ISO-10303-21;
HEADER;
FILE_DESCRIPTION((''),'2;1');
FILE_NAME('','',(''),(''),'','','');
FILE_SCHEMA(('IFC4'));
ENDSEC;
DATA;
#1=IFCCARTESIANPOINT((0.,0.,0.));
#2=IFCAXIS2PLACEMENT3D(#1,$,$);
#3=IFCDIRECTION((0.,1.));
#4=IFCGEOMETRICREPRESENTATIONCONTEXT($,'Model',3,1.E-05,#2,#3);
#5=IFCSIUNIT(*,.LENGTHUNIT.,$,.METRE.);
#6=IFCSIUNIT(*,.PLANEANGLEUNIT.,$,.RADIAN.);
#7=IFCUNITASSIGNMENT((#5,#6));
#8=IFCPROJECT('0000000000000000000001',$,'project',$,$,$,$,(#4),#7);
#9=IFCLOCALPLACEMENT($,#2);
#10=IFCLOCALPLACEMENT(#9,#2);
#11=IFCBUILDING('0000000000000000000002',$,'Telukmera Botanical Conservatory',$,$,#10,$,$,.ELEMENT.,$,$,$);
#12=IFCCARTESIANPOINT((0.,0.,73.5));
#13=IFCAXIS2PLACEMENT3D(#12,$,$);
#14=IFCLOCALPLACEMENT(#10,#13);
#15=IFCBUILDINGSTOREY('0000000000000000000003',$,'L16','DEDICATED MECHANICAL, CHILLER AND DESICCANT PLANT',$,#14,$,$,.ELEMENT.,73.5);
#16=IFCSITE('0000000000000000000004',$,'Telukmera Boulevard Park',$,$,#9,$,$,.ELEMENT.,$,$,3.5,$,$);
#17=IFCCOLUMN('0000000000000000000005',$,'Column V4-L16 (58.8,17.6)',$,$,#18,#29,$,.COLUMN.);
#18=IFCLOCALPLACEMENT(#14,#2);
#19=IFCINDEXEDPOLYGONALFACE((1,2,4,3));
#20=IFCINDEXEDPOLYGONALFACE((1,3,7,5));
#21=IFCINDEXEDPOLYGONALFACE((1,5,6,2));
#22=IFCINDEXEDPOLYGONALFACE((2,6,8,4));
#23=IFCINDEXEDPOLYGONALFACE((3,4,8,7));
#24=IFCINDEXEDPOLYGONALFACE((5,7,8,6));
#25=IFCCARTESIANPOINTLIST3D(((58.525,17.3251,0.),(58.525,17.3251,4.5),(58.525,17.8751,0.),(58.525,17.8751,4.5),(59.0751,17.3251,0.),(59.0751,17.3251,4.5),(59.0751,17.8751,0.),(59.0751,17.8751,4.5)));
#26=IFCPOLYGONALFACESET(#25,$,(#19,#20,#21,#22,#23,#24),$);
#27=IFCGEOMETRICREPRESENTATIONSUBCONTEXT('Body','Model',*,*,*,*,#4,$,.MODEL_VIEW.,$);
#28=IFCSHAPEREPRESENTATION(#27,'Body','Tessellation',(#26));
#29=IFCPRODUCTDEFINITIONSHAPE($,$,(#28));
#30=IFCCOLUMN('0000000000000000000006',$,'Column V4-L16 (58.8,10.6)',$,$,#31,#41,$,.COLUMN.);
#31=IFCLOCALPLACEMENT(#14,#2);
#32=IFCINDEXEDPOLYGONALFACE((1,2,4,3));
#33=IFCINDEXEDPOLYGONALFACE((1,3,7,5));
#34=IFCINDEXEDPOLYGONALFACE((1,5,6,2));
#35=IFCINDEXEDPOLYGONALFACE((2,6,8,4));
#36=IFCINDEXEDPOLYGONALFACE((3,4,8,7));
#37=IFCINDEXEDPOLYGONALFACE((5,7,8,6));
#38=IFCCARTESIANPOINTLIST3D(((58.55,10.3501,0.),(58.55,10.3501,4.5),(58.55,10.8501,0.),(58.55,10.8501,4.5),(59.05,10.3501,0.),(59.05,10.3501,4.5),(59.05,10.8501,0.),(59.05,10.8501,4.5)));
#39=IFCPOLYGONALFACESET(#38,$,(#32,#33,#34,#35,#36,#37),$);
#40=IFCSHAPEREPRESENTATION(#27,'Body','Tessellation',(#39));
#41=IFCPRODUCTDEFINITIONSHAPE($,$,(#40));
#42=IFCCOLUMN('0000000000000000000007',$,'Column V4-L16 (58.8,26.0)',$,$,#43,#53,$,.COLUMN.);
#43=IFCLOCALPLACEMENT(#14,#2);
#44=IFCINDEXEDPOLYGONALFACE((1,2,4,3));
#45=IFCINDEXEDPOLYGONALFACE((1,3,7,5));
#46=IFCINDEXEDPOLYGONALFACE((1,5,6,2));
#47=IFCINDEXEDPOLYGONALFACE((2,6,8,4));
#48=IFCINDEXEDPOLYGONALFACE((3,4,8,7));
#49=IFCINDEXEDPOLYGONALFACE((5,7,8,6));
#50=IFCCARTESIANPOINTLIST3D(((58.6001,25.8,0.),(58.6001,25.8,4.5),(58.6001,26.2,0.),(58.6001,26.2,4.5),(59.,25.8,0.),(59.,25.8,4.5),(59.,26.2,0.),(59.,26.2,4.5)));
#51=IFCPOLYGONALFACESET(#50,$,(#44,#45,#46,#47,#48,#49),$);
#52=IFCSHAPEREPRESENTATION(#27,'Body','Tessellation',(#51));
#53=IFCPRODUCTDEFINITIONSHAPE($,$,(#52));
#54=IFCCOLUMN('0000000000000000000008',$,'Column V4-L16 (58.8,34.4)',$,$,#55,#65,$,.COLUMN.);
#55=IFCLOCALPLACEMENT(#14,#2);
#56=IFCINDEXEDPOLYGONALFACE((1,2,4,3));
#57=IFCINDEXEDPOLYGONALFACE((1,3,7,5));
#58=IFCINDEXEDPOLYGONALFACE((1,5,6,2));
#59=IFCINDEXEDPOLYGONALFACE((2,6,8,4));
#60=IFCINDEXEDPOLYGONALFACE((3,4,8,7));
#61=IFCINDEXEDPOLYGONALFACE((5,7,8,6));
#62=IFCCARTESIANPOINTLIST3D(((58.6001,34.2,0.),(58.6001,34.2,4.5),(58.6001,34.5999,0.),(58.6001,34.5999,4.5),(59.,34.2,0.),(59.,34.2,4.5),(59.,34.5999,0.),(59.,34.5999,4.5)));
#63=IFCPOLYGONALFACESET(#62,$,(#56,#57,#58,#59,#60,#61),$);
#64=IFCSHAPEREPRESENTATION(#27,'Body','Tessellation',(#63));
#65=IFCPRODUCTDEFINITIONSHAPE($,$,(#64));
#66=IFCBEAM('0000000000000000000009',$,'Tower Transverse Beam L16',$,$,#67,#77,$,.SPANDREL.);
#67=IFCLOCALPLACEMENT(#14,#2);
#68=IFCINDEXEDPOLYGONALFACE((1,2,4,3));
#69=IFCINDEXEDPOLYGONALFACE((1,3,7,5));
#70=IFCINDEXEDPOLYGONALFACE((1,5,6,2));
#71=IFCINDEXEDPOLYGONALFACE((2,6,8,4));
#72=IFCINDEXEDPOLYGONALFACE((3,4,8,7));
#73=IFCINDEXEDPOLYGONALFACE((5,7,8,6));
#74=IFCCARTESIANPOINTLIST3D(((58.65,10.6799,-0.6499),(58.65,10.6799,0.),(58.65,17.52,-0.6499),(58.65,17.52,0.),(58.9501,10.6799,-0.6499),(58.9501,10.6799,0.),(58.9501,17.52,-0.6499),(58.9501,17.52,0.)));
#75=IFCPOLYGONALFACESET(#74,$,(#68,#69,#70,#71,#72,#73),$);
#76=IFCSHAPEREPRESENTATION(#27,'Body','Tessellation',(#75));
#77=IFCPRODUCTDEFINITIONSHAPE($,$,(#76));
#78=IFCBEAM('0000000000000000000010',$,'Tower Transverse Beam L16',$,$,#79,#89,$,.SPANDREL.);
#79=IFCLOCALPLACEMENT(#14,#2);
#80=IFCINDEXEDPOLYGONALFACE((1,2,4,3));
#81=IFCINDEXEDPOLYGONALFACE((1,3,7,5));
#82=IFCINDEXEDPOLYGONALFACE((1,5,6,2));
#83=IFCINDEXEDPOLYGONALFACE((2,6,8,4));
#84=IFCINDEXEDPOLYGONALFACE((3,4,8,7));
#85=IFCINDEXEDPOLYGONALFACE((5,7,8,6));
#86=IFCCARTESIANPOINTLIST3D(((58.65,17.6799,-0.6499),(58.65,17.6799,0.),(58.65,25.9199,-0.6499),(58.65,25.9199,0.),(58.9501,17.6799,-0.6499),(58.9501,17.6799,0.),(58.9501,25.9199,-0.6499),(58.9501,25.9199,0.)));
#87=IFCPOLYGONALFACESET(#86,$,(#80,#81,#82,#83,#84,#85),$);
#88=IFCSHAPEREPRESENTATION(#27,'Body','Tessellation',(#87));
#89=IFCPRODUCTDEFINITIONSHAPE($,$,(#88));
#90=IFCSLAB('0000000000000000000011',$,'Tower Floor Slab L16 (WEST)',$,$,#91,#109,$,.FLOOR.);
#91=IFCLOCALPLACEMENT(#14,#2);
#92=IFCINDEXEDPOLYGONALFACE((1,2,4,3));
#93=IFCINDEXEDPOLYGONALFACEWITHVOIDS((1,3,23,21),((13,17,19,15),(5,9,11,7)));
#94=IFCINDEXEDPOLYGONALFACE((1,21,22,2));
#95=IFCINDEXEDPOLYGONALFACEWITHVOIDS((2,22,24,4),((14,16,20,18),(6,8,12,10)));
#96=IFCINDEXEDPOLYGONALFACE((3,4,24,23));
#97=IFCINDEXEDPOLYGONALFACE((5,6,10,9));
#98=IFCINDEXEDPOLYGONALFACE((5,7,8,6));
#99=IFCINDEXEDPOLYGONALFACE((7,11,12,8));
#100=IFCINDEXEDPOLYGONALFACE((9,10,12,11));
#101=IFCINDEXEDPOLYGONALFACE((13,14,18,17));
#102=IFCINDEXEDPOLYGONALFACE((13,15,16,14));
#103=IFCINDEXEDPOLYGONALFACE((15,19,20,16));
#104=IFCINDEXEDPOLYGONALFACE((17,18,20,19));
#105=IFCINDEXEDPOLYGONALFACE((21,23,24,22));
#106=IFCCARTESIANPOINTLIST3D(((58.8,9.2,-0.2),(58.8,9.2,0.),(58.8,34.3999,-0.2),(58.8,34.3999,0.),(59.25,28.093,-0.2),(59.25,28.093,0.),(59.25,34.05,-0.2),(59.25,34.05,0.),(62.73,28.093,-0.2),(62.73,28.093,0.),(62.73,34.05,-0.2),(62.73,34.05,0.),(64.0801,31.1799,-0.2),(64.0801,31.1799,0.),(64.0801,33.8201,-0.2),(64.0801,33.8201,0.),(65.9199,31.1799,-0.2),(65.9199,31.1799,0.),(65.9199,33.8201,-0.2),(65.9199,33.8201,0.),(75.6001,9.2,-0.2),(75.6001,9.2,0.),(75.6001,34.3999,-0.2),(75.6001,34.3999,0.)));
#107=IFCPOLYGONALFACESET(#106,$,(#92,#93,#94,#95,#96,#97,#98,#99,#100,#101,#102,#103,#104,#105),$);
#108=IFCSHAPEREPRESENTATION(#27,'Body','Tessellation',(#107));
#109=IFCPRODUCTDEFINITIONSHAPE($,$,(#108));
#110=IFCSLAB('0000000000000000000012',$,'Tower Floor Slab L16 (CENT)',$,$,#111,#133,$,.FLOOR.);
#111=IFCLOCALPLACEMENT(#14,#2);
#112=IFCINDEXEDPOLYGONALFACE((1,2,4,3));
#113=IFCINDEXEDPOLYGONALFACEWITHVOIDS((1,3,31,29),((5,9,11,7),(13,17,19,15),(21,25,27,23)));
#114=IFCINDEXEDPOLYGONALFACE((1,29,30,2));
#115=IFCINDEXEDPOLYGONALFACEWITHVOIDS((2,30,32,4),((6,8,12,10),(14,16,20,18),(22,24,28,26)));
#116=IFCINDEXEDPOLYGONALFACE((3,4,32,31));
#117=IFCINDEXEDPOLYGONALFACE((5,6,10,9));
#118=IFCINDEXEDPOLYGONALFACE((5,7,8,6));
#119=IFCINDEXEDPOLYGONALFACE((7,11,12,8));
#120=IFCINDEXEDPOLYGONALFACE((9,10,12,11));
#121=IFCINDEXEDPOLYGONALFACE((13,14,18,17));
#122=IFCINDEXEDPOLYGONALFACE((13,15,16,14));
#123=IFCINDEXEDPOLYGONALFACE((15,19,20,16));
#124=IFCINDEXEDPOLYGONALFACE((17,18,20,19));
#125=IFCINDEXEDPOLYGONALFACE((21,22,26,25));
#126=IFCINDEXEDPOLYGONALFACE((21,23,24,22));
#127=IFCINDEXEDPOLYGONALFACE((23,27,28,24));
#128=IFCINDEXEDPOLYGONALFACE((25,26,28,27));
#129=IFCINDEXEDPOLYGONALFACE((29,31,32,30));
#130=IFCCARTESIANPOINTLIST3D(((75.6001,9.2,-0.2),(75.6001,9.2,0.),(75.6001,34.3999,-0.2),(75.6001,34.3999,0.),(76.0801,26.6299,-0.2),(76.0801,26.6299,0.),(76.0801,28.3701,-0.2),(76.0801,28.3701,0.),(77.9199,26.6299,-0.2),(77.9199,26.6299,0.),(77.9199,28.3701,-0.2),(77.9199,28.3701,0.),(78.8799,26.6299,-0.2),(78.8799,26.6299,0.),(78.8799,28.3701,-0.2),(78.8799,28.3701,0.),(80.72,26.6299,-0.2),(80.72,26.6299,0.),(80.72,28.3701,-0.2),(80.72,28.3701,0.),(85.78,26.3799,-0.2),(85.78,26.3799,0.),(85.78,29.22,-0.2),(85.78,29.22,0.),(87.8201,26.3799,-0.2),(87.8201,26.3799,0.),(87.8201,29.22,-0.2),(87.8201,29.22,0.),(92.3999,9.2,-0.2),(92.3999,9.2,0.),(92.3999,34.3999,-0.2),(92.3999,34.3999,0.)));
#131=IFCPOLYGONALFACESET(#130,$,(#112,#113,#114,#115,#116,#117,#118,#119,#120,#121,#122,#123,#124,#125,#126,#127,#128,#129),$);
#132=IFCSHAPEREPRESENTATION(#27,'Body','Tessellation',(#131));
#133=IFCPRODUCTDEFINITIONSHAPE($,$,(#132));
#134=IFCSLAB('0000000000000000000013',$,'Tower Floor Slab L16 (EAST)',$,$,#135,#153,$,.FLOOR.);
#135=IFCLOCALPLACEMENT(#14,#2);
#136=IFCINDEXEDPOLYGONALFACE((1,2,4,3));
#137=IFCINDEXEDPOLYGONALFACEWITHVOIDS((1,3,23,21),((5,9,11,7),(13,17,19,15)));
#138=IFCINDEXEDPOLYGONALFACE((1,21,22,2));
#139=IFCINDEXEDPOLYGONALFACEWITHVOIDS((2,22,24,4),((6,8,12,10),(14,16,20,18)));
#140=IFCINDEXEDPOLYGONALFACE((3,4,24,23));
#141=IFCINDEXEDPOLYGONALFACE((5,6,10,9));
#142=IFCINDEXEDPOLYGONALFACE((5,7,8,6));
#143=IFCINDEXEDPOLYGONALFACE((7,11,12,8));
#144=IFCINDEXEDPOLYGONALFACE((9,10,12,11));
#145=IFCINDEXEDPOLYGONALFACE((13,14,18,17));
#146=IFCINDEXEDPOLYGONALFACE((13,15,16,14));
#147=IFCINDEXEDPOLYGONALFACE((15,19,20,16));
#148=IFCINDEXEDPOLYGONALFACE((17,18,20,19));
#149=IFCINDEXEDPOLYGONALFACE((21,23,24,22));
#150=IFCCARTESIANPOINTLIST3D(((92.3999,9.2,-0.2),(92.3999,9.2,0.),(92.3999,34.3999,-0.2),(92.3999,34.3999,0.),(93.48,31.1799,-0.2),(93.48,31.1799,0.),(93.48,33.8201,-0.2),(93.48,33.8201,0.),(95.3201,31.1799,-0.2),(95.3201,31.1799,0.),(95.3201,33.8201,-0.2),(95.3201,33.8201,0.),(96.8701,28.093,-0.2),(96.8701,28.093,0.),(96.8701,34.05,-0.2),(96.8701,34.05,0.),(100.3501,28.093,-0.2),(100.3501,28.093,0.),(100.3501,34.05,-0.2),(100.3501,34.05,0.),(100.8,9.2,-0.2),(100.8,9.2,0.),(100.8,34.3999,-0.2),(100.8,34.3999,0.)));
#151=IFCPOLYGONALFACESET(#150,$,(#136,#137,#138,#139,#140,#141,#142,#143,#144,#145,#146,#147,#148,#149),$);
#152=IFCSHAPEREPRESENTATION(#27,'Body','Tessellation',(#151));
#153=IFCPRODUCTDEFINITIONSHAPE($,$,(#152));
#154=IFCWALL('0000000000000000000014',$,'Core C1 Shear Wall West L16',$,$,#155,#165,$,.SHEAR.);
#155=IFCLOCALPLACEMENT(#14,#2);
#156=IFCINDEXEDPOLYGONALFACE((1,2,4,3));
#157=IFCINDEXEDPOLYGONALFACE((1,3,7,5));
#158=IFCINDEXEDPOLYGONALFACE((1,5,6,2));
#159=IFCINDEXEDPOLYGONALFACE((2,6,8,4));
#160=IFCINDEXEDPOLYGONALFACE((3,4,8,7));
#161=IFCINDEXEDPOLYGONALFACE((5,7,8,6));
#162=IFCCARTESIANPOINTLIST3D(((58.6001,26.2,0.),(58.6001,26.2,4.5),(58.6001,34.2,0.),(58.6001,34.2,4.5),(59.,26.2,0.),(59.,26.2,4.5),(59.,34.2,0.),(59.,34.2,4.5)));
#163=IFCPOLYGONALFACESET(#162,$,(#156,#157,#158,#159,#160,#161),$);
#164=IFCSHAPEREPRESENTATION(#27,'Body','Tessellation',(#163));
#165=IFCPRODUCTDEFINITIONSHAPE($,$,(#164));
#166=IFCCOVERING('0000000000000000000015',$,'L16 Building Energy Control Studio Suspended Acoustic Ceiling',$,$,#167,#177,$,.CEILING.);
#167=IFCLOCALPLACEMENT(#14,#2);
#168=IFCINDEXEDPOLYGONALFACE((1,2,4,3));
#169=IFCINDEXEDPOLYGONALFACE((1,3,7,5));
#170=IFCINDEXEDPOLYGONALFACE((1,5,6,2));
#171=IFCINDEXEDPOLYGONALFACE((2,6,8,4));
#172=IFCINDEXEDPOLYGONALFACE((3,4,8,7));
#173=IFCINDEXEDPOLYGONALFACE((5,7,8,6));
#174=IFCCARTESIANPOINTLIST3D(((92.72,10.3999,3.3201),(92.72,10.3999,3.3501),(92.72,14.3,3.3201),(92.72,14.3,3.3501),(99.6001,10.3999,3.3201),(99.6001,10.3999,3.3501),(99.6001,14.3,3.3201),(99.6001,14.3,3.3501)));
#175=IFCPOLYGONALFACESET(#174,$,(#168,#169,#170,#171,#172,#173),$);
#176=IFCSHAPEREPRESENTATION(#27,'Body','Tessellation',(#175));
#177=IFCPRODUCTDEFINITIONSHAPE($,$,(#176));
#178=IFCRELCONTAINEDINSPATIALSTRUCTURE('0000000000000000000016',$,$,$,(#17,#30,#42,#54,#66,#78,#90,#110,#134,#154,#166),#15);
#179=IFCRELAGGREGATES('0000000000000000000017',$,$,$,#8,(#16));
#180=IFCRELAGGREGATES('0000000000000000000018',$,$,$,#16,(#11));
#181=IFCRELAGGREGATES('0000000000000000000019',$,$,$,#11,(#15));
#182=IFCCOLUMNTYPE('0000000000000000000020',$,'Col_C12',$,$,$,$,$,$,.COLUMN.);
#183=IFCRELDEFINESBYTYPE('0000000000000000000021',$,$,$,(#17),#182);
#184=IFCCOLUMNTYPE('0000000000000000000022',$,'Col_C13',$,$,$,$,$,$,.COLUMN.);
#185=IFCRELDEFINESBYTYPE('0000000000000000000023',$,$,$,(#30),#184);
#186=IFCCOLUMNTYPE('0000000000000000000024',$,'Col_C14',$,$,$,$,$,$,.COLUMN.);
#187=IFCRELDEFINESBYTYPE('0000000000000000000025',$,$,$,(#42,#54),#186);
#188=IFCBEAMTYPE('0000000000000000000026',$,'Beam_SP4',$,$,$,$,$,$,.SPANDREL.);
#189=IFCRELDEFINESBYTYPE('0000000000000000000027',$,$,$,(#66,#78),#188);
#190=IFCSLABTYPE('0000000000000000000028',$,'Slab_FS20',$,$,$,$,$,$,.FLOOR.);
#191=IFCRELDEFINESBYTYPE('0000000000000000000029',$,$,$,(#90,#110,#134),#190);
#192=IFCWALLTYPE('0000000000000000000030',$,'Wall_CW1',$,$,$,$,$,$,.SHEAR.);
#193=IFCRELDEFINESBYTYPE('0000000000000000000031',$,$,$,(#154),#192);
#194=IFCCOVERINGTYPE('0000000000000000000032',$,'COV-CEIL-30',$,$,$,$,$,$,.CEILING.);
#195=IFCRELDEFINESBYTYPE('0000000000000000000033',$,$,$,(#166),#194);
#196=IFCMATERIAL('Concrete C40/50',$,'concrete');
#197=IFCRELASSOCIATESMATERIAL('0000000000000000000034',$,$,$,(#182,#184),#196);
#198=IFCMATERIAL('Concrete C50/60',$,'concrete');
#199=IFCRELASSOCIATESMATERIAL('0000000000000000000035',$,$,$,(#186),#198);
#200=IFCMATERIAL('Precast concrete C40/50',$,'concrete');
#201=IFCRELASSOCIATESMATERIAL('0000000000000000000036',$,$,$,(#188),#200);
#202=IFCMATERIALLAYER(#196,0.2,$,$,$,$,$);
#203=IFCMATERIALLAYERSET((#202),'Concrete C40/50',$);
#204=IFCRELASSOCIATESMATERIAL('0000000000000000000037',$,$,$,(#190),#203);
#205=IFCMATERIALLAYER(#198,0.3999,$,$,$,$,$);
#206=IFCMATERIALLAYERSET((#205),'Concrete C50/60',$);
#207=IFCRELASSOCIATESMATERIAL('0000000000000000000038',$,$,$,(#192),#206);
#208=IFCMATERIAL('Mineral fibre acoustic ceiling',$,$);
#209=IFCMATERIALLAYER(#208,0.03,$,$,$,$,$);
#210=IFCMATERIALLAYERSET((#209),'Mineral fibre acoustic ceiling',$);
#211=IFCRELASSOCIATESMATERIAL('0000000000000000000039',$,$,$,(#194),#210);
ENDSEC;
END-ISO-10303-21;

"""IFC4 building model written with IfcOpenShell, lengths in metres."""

from ifc_helpers import new_model, si_unit, direction, frame, frame_2d, origin, origin_2d, place, context, subcontext, project, spatial, polyline, rectangle, outline, extrude, material, layer, layer_set, material_profile, profile_set, type_object, element, save


model = new_model("IFC4")

# Units and contexts
model_context = context("Model", 3, precision=1e-05, world=origin(), true_north=direction((0.0, 1.0)))
body_context = subcontext(model_context, "Body", "Model", "MODEL_VIEW")
ifc_project = project(units=[si_unit("LENGTHUNIT", "METRE"), si_unit("PLANEANGLEUNIT", "RADIAN")], contexts=[model_context])

# Site, building, storey
site_placement = place(None, origin())
site = spatial("IfcSite", under=ifc_project, at=site_placement, Name="Telukmera Boulevard Park", CompositionType="ELEMENT", RefElevation=3.5)
building_placement = place(site_placement, origin())
building = spatial("IfcBuilding", under=site, at=building_placement, Name="Telukmera Botanical Conservatory", CompositionType="ELEMENT")
storey_placement = place(building_placement, frame((0.0, 0.0, 73.5)))
storey = spatial("IfcBuildingStorey", under=building, at=storey_placement, Name="L16", Description="DEDICATED MECHANICAL, CHILLER AND DESICCANT PLANT", CompositionType="ELEMENT", Elevation=73.5)

# Columns
ifc_material_1 = material(Name="Concrete C40/50", Category="concrete")
ifc_material_profile_1 = material_profile(ifc_material_1, rectangle(XDim=0.55, YDim=0.55, at=origin_2d()), Name="RC 550x550")
ifc_profile_set_1 = profile_set([ifc_material_profile_1], Name="Concrete C40/50")
column_type_1 = type_object("IfcColumnType", Name="Col_C12", PredefinedType="COLUMN", material=ifc_profile_set_1)
column_1_placement = place(storey_placement, frame((58.8, 17.6001, 0.0), z_axis=(0.0, 0.0, 1.0), x_axis=(1.0, 0.0, 0.0)))
element("IfcColumn", 1, at=column_1_placement, inside=storey, type_object=column_type_1, Name="Column V4-L16 (58.8,17.6)", PredefinedType="COLUMN", context=body_context, shape_type="SweptSolid", body=[
    extrude(rectangle(XDim=0.55, YDim=0.55, at=origin_2d()), origin(), (0.0, 0.0, 1.0), 4.5),
])
ifc_material_profile_2 = material_profile(ifc_material_1, rectangle(XDim=0.5, YDim=0.5, at=origin_2d()), Name="RC 500x500")
ifc_profile_set_2 = profile_set([ifc_material_profile_2], Name="Concrete C40/50")
column_type_2 = type_object("IfcColumnType", Name="Col_C13", PredefinedType="COLUMN", material=ifc_profile_set_2)
column_2_placement = place(storey_placement, frame((58.8, 10.6001, 0.0), z_axis=(0.0, 0.0, 1.0), x_axis=(1.0, 0.0, 0.0)))
element("IfcColumn", 2, at=column_2_placement, inside=storey, type_object=column_type_2, Name="Column V4-L16 (58.8,10.6)", PredefinedType="COLUMN", context=body_context, shape_type="SweptSolid", body=[
    extrude(rectangle(XDim=0.5, YDim=0.5, at=origin_2d()), origin(), (0.0, 0.0, 1.0), 4.5),
])
ifc_material_2 = material(Name="Concrete C50/60", Category="concrete")
ifc_material_profile_3 = material_profile(ifc_material_2, rectangle(XDim=0.3999, YDim=0.3999, at=origin_2d()), Name="RC 400x400")
ifc_profile_set_3 = profile_set([ifc_material_profile_3], Name="Concrete C50/60")
column_type_3 = type_object("IfcColumnType", Name="Col_C14", PredefinedType="COLUMN", material=ifc_profile_set_3)
for number, where, z_axis, x_axis, name in (
    (3, (58.8, 26.0, 0.0), (0.0, 0.0, 1.0), (1.0, 0.0, 0.0), "Column V4-L16 (58.8,26.0)"),
    (4, (58.8, 34.3999, 0.0), (0.0, 0.0, 1.0), (1.0, 0.0, 0.0), "Column V4-L16 (58.8,34.4)"),
):
    element("IfcColumn", number, at=place(storey_placement, frame(where, z_axis=z_axis, x_axis=x_axis)), inside=storey, type_object=column_type_3, Name=name, PredefinedType="COLUMN", context=body_context, shape_type="SweptSolid", body=[
        extrude(rectangle(XDim=0.3999, YDim=0.3999, at=origin_2d()), origin(), (0.0, 0.0, 1.0), 4.5),
    ])

# Beams
ifc_material_3 = material(Name="Precast concrete C40/50", Category="concrete")
ifc_material_profile_4 = material_profile(ifc_material_3, rectangle(XDim=0.3, YDim=0.6499, at=origin_2d()), Name="PC 300x650")
ifc_profile_set_4 = profile_set([ifc_material_profile_4], Name="Precast concrete C40/50")
beam_type = type_object("IfcBeamType", Name="Beam_SP4", PredefinedType="SPANDREL", material=ifc_profile_set_4)
beam_1_placement = place(storey_placement, frame((58.8, 10.6799, -0.325), z_axis=(0.0, 1.0, 0.0), x_axis=(-1.0, 0.0, 0.0)))
element("IfcBeam", 5, at=beam_1_placement, inside=storey, type_object=beam_type, Name="Tower Transverse Beam L16", PredefinedType="SPANDREL", context=body_context, shape_type="SweptSolid", body=[
    extrude(rectangle(XDim=0.3, YDim=0.6499, at=origin_2d()), origin(), (0.0, 0.0, 1.0), 6.8401),
])
beam_2_placement = place(storey_placement, frame((58.8, 17.6799, -0.325), z_axis=(0.0, 1.0, 0.0), x_axis=(-1.0, 0.0, 0.0)))
element("IfcBeam", 6, at=beam_2_placement, inside=storey, type_object=beam_type, Name="Tower Transverse Beam L16", PredefinedType="SPANDREL", context=body_context, shape_type="SweptSolid", body=[
    extrude(rectangle(XDim=0.3, YDim=0.6499, at=origin_2d()), origin(), (0.0, 0.0, 1.0), 8.24),
])

# Slabs
ifc_layer_1 = layer(ifc_material_1, 0.2)
ifc_layer_set_1 = layer_set([ifc_layer_1], Name="Concrete C40/50")
slab_type = type_object("IfcSlabType", Name="Slab_FS20", PredefinedType="FLOOR", material=ifc_layer_set_1)
slab_1_placement = place(storey_placement, frame((0.0, 0.0, -0.2)))
element("IfcSlab", 7, at=slab_1_placement, inside=storey, type_object=slab_type, Name="Tower Floor Slab L16 (WEST)", PredefinedType="FLOOR", context=body_context, shape_type="SweptSolid", body=[
    extrude(outline(polyline([(58.8, 9.2), (75.6001, 9.2), (75.6001, 34.3999), (58.8, 34.3999), (58.8, 9.2)]), holes=[polyline([(62.73, 28.093), (62.73, 34.05), (59.25, 34.05), (59.25, 28.093), (62.73, 28.093)]), polyline([(64.0801, 31.1799), (65.9199, 31.1799), (65.9199, 33.8201), (64.0801, 33.8201), (64.0801, 31.1799)])]), origin(), (0.0, 0.0, 1.0), 0.2),
])
slab_2_placement = place(storey_placement, frame((0.0, 0.0, -0.2)))
element("IfcSlab", 8, at=slab_2_placement, inside=storey, type_object=slab_type, Name="Tower Floor Slab L16 (CENT)", PredefinedType="FLOOR", context=body_context, shape_type="SweptSolid", body=[
    extrude(outline(polyline([(75.6001, 9.2), (92.3999, 9.2), (92.3999, 34.3999), (75.6001, 34.3999), (75.6001, 9.2)]), holes=[polyline([(85.78, 26.3799), (87.8201, 26.3799), (87.8201, 29.22), (85.78, 29.22), (85.78, 26.3799)]), polyline([(76.0801, 26.6299), (77.9199, 26.6299), (77.9199, 28.3701), (76.0801, 28.3701), (76.0801, 26.6299)]), polyline([(78.8799, 26.6299), (80.72, 26.6299), (80.72, 28.3701), (78.8799, 28.3701), (78.8799, 26.6299)])]), origin(), (0.0, 0.0, 1.0), 0.2),
])
slab_3_placement = place(storey_placement, frame((0.0, 0.0, -0.2)))
element("IfcSlab", 9, at=slab_3_placement, inside=storey, type_object=slab_type, Name="Tower Floor Slab L16 (EAST)", PredefinedType="FLOOR", context=body_context, shape_type="SweptSolid", body=[
    extrude(outline(polyline([(92.3999, 9.2), (100.8, 9.2), (100.8, 34.3999), (92.3999, 34.3999), (92.3999, 9.2)]), holes=[polyline([(100.3501, 28.093), (100.3501, 34.05), (96.8701, 34.05), (96.8701, 28.093), (100.3501, 28.093)]), polyline([(93.48, 31.1799), (95.3201, 31.1799), (95.3201, 33.8201), (93.48, 33.8201), (93.48, 31.1799)])]), origin(), (0.0, 0.0, 1.0), 0.2),
])

# Wall
ifc_layer_2 = layer(ifc_material_2, 0.3999)
ifc_layer_set_2 = layer_set([ifc_layer_2], Name="Concrete C50/60")
wall_type = type_object("IfcWallType", Name="Wall_CW1", PredefinedType="SHEAR", material=ifc_layer_set_2)
wall_placement = place(storey_placement, frame((58.8, 26.2, 0.0), z_axis=(0.0, 0.0, 1.0), x_axis=(0.0, 1.0, 0.0)))
element("IfcWall", 10, at=wall_placement, inside=storey, type_object=wall_type, Name="Core C1 Shear Wall West L16", PredefinedType="SHEAR", context=body_context, shape_type="SweptSolid", body=[
    extrude(rectangle(XDim=8.0, YDim=0.3999, at=frame_2d((4.0, 0.0))), origin(), (0.0, 0.0, 1.0), 4.5),
])

# Covering
ifc_material_4 = material(Name="Mineral fibre acoustic ceiling")
ifc_layer_3 = layer(ifc_material_4, 0.03)
ifc_layer_set_3 = layer_set([ifc_layer_3], Name="Mineral fibre acoustic ceiling")
covering_type_1 = type_object("IfcCoveringType", Name="COV-CEIL-30", PredefinedType="CEILING", material=ifc_layer_set_3)
covering_1_placement = place(storey_placement, frame((0.0, 0.0, 3.3201)))
element("IfcCovering", 11, at=covering_1_placement, inside=storey, type_object=covering_type_1, Name="L16 Building Energy Control Studio Suspended Acoustic Ceiling", PredefinedType="CEILING", context=body_context, shape_type="SweptSolid", body=[
    extrude(outline(polyline([(92.72, 10.3999), (99.6001, 10.3999), (99.6001, 14.3), (92.72, 14.3), (92.72, 10.3999)])), origin(), (0.0, 0.0, 1.0), 0.03),
])

save(model, "model.ifc")
